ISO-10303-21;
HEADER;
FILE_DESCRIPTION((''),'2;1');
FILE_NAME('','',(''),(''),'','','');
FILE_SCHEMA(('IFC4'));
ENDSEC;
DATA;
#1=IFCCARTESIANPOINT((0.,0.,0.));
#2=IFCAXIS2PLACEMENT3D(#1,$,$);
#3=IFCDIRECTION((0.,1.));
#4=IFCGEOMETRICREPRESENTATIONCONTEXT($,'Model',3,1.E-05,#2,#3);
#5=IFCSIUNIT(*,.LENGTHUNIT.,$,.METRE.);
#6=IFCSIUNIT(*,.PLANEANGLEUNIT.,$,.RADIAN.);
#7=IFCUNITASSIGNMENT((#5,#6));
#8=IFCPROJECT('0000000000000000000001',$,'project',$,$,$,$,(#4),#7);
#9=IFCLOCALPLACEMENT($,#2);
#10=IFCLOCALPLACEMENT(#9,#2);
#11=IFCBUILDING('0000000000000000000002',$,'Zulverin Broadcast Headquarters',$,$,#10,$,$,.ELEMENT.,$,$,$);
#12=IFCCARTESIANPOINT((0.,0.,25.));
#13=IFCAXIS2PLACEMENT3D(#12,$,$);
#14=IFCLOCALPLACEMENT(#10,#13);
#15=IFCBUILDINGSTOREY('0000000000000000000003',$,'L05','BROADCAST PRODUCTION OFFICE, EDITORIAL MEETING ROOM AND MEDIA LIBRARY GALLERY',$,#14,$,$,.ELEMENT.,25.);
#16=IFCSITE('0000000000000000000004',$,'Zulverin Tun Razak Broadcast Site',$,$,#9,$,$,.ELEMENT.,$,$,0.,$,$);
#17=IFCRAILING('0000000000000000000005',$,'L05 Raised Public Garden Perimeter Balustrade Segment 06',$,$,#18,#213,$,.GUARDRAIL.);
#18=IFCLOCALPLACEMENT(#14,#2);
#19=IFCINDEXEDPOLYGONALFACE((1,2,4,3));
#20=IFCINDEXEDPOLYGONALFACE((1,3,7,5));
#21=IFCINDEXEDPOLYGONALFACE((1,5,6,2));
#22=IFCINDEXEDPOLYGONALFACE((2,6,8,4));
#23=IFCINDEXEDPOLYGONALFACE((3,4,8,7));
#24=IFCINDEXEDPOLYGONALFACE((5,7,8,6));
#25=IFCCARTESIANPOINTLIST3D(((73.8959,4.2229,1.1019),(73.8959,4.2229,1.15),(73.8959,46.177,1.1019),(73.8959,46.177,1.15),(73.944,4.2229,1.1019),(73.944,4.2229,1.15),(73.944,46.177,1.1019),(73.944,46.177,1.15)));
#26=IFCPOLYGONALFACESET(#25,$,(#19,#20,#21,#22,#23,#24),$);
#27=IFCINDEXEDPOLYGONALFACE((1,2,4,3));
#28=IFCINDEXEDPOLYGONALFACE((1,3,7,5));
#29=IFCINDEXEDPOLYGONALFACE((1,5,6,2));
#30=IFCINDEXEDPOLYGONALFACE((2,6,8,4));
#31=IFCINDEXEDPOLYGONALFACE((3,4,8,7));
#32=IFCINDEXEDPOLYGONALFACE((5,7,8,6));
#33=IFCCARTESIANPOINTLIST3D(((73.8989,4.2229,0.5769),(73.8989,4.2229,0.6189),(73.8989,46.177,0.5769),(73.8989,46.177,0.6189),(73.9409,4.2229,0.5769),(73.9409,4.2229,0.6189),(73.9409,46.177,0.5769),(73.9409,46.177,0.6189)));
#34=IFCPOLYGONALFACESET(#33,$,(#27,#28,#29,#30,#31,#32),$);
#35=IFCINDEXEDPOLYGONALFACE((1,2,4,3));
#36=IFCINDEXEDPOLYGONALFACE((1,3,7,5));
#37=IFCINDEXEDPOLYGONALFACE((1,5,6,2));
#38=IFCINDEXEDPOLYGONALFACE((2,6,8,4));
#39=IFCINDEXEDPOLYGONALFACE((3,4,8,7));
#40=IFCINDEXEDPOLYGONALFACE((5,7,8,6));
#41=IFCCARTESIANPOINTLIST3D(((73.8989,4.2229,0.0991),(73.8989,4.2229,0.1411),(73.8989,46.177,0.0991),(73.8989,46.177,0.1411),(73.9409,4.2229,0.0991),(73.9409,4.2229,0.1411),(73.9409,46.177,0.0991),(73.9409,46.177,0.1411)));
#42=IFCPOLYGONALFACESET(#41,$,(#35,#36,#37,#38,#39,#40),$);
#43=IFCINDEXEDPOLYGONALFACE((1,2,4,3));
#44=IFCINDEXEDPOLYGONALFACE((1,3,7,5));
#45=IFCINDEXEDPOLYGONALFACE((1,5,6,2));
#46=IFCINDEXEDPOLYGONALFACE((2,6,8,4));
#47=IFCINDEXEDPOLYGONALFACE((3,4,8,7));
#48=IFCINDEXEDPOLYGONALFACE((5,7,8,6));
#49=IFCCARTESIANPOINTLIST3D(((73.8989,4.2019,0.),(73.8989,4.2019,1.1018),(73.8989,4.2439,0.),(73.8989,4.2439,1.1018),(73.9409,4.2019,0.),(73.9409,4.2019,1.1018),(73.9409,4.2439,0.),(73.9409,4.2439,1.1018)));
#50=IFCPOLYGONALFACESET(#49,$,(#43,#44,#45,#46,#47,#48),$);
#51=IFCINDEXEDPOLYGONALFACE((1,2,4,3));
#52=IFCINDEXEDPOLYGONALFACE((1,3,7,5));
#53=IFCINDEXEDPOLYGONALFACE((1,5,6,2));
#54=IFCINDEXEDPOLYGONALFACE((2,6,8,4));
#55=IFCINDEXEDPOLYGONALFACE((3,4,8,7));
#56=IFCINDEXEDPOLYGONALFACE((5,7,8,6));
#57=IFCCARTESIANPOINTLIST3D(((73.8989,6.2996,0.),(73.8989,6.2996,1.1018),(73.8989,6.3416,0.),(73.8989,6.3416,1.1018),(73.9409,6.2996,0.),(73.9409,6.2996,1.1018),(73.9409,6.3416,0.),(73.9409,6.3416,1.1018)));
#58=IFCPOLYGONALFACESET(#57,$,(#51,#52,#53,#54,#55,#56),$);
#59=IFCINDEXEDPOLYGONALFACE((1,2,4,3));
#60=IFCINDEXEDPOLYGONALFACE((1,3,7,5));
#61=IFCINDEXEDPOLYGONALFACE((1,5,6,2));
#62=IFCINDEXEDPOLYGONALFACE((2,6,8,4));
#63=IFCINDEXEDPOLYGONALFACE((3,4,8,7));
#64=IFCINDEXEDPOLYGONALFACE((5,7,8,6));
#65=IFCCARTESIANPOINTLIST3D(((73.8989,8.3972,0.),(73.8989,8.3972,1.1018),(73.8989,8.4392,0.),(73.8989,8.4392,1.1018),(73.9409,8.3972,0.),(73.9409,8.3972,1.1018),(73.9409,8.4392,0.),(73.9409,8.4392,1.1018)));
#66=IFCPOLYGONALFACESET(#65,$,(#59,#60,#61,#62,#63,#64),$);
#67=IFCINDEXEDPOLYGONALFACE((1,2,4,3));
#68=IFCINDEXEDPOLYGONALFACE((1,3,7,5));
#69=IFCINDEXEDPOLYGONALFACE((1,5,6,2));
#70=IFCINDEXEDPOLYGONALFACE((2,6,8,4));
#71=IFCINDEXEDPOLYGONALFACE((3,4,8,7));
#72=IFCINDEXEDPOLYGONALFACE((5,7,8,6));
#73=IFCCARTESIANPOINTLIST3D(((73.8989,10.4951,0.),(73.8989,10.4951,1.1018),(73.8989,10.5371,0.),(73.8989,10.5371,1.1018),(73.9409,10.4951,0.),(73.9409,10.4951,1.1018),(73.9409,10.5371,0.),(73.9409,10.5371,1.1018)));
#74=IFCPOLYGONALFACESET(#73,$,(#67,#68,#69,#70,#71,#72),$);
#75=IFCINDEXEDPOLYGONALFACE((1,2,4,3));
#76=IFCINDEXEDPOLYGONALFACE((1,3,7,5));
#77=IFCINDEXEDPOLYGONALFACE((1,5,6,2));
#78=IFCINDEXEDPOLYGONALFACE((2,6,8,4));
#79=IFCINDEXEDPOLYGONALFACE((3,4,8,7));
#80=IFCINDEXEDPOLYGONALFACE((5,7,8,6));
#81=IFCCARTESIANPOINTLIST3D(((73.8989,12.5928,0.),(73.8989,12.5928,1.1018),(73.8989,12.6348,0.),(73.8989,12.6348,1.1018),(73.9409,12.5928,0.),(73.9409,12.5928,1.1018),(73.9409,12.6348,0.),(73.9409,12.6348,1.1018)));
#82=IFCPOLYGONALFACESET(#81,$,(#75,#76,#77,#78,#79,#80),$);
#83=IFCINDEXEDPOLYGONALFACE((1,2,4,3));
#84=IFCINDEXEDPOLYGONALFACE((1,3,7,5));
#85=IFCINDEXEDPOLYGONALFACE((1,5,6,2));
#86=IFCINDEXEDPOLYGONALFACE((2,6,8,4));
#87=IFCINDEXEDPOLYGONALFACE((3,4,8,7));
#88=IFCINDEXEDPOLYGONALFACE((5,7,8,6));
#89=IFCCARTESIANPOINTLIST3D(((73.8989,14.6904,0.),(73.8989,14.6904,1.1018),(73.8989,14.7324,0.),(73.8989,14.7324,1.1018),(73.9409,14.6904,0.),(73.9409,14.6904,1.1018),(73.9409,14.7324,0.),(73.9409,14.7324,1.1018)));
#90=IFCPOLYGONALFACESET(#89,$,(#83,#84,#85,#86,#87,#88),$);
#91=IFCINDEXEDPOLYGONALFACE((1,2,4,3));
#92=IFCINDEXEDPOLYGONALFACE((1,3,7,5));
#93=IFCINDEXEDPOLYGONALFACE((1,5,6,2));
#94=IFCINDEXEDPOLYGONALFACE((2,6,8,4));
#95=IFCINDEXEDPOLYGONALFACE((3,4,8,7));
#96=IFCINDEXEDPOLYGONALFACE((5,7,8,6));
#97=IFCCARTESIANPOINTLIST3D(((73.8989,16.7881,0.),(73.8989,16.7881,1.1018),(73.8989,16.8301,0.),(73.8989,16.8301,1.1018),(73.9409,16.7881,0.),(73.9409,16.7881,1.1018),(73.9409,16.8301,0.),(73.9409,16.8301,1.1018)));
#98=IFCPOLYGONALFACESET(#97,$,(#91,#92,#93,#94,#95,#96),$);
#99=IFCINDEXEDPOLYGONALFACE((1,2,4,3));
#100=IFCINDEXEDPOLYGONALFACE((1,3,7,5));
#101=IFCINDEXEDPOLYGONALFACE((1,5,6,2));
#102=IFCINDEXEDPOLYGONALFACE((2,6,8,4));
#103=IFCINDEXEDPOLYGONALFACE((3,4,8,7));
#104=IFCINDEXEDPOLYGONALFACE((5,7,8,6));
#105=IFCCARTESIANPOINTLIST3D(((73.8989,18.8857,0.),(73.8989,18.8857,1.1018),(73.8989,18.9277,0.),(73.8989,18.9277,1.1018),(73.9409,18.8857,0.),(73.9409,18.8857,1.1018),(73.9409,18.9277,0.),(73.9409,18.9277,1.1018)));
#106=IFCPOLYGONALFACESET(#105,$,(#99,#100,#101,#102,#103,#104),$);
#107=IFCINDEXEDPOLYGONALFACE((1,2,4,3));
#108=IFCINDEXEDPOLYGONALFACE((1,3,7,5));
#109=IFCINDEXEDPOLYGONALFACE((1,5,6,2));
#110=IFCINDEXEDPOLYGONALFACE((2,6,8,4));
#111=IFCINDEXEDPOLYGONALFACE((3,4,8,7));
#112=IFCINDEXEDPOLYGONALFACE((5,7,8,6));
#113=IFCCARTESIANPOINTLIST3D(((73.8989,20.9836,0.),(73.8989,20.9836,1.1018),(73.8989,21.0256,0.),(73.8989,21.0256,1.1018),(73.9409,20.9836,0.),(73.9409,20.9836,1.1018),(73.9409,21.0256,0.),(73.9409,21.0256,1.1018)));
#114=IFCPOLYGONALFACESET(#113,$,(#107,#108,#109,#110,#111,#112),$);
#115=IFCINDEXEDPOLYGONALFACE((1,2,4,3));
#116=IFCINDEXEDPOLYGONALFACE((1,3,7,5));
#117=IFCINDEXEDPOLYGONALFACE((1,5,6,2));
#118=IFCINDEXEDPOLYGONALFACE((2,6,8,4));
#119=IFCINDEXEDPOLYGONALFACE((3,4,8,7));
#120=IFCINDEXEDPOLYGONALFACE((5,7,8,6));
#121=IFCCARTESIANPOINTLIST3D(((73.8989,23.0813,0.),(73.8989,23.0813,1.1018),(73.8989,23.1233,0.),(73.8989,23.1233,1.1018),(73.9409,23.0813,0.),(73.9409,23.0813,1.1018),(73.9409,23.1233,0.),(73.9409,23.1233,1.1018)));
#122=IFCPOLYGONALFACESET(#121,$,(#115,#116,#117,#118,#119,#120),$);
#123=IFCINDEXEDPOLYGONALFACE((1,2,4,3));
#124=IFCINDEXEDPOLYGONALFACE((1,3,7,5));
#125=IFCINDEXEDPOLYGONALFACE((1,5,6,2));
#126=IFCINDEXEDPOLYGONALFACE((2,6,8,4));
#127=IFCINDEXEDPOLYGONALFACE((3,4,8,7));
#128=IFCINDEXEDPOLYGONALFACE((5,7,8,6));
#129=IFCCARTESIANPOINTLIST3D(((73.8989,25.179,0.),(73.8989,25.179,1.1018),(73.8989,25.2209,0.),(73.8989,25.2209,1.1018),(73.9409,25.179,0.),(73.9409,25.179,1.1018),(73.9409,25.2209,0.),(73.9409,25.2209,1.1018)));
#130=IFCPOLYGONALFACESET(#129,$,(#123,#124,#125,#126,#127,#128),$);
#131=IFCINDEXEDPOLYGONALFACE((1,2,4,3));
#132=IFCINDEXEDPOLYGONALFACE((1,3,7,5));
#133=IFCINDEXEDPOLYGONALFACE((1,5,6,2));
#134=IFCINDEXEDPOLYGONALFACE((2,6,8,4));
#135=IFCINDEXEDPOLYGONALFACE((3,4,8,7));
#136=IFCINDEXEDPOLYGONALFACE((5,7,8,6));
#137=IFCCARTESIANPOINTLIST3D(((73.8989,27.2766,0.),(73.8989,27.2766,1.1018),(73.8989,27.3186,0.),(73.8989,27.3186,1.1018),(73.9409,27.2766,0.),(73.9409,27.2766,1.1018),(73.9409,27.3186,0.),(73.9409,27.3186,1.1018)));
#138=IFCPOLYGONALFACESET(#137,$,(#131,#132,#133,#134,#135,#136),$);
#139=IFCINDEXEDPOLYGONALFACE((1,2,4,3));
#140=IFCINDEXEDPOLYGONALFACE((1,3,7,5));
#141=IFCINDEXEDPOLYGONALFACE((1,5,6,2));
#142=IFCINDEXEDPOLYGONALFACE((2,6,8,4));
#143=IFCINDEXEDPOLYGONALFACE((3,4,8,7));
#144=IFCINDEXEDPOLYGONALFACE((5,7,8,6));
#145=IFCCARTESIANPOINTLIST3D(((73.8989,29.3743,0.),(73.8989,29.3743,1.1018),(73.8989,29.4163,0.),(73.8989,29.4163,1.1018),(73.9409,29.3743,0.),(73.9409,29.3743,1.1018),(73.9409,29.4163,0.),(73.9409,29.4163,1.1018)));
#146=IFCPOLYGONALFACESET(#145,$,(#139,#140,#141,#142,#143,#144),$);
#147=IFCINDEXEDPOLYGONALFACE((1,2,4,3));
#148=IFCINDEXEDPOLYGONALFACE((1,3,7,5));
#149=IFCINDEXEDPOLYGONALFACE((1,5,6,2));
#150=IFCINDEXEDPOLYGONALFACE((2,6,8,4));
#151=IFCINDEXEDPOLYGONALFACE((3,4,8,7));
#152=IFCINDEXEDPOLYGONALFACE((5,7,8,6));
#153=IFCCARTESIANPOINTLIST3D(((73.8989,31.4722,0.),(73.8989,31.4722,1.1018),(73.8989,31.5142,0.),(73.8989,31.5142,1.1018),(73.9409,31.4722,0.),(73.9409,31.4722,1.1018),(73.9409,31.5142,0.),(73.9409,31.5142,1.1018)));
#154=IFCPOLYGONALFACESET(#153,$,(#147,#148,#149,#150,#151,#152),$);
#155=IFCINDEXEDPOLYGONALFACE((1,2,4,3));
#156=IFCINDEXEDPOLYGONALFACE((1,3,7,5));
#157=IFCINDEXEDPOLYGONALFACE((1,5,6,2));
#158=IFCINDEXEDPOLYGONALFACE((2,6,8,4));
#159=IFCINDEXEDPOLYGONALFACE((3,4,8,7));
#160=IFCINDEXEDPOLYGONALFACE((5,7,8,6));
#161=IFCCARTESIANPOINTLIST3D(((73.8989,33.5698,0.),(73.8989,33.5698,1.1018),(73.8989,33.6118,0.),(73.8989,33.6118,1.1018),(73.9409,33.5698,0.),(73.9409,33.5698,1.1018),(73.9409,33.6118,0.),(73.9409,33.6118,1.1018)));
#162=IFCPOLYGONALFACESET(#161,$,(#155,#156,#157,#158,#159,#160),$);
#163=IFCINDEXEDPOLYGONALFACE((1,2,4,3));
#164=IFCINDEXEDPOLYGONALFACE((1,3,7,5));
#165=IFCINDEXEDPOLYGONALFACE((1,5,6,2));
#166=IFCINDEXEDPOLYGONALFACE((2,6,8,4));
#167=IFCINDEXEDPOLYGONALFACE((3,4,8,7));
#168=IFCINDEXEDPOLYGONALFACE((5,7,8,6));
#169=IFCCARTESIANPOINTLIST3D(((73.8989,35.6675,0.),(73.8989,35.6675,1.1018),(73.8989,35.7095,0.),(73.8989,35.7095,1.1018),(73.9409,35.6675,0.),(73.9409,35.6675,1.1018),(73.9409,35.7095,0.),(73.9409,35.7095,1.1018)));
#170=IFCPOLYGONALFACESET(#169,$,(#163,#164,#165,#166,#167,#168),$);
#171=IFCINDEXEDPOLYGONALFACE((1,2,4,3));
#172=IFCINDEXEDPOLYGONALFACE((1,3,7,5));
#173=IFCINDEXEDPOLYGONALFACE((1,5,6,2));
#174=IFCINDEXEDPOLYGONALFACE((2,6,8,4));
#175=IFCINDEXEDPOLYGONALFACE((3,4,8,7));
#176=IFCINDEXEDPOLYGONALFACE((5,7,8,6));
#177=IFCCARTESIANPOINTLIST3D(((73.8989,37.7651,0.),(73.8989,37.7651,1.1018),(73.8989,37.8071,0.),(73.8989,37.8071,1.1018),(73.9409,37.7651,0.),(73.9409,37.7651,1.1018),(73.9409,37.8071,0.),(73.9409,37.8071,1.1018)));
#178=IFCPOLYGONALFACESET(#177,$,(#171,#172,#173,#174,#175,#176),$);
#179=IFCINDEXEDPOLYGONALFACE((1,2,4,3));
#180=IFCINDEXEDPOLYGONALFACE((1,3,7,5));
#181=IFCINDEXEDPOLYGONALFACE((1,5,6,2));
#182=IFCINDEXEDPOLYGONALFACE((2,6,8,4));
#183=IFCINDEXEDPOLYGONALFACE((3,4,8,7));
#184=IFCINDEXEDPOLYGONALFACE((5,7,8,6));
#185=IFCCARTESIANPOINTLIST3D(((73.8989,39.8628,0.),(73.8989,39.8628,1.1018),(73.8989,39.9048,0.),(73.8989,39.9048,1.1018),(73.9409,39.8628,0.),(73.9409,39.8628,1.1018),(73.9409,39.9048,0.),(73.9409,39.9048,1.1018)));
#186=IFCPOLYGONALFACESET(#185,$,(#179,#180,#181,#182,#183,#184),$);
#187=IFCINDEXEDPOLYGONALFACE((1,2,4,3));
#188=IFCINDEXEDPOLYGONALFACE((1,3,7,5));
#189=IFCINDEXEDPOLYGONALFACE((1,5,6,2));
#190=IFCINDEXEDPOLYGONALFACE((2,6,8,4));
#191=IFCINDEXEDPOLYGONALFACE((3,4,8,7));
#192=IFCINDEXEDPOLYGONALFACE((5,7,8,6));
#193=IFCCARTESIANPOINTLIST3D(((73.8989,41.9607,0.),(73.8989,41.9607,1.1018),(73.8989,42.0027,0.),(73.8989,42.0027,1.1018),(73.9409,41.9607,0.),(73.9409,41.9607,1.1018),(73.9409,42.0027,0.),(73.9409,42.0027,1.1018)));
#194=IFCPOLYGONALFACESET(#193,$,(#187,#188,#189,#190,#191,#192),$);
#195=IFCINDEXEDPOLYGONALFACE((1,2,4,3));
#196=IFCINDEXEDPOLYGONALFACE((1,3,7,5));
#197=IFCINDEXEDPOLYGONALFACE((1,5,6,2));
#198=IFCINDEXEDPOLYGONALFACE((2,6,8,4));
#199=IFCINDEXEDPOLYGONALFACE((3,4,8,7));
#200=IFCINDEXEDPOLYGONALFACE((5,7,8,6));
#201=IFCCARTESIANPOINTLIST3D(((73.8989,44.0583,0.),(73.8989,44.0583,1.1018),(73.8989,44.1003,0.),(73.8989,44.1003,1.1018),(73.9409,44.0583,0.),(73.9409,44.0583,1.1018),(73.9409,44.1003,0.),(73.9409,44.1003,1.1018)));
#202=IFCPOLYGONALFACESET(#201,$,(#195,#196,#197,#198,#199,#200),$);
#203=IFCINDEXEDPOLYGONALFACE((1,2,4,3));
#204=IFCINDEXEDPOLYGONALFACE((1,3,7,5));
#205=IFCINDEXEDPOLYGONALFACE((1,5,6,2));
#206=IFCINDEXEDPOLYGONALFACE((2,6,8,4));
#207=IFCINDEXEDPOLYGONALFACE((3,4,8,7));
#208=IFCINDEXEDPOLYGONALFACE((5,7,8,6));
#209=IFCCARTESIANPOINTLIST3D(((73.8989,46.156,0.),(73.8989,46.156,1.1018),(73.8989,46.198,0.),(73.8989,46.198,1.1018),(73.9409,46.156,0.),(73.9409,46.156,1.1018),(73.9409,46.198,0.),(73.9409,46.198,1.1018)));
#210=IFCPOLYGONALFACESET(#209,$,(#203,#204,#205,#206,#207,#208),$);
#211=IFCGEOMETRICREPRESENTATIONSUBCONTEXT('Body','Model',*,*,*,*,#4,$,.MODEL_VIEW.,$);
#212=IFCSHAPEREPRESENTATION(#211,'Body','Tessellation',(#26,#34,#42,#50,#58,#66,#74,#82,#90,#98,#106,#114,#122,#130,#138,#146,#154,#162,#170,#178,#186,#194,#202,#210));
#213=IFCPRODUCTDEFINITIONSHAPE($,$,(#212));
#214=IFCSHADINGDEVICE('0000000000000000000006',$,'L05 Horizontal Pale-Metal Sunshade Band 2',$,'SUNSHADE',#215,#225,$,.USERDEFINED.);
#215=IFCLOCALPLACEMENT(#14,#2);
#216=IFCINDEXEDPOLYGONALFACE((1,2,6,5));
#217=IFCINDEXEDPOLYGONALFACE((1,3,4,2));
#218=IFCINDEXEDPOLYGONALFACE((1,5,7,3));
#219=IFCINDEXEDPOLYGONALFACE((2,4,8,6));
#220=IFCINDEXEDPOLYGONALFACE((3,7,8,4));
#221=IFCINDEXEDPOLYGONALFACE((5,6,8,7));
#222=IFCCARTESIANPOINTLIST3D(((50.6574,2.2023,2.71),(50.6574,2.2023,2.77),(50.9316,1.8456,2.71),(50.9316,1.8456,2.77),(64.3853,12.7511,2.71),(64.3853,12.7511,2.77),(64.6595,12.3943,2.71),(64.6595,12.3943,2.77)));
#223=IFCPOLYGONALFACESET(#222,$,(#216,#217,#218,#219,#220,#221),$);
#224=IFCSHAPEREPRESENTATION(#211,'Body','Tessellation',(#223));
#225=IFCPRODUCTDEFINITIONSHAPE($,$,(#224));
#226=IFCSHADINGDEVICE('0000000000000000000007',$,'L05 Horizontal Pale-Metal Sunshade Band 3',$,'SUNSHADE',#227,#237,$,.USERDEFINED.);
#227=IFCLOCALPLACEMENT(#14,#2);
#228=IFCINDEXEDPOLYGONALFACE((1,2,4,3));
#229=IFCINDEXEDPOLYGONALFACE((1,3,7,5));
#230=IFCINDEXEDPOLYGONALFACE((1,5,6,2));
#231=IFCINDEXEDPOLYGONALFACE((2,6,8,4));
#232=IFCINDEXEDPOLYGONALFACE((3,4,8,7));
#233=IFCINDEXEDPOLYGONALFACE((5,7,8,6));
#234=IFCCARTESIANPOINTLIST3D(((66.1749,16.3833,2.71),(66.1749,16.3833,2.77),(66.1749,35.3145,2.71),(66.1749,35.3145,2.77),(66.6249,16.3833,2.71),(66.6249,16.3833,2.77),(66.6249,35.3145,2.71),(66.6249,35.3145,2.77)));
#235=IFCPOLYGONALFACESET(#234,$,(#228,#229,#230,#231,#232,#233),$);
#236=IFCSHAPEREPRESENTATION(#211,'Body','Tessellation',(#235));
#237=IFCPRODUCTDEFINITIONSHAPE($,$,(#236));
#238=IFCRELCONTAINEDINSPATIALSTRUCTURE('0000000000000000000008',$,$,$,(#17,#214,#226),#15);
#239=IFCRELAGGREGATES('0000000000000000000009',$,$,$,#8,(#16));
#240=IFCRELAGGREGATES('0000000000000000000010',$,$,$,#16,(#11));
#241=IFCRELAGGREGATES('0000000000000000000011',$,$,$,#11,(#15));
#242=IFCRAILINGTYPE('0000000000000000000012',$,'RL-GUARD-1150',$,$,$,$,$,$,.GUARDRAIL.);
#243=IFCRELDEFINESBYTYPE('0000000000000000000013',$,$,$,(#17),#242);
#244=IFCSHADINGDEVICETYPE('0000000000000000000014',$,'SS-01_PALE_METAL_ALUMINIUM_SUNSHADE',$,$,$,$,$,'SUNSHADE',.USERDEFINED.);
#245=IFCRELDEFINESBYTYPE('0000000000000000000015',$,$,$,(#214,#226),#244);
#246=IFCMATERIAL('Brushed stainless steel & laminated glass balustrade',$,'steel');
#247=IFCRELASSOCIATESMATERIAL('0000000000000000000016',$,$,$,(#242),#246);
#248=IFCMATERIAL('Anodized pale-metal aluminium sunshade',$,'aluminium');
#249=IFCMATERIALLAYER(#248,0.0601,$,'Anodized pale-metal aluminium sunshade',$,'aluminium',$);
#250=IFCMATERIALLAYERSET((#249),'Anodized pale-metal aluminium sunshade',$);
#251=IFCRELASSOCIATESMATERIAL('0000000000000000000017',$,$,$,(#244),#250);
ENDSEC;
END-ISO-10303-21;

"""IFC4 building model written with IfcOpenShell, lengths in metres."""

from ifc_helpers import new_model, si_unit, direction, frame, origin, origin_2d, place, context, subcontext, project, spatial, rectangle, extrude, material, layer, layer_set, type_object, element, save


model = new_model("IFC4")

# Units and contexts
model_context = context("Model", 3, precision=1e-05, world=origin(), true_north=direction((0.0, 1.0)))
body_context = subcontext(model_context, "Body", "Model", "MODEL_VIEW")
ifc_project = project(units=[si_unit("LENGTHUNIT", "METRE"), si_unit("PLANEANGLEUNIT", "RADIAN")], contexts=[model_context])

# Site, building, storey
site_placement = place(None, origin())
site = spatial("IfcSite", under=ifc_project, at=site_placement, Name="Zulverin Tun Razak Broadcast Site", CompositionType="ELEMENT", RefElevation=0.0)
building_placement = place(site_placement, origin())
building = spatial("IfcBuilding", under=site, at=building_placement, Name="Zulverin Broadcast Headquarters", CompositionType="ELEMENT")
storey_placement = place(building_placement, frame((0.0, 0.0, 25.0)))
storey = spatial("IfcBuildingStorey", under=building, at=storey_placement, Name="L05", Description="BROADCAST PRODUCTION OFFICE, EDITORIAL MEETING ROOM AND MEDIA LIBRARY GALLERY", CompositionType="ELEMENT", Elevation=25.0)

# Railing
ifc_material_1 = material(Name="Brushed stainless steel & laminated glass balustrade", Category="steel")
railing_type = type_object("IfcRailingType", Name="RL-GUARD-1150", PredefinedType="GUARDRAIL", material=ifc_material_1)
railing_1_placement = place(storey_placement, frame((73.9199, 4.2229, 0.0)))
element("IfcRailing", 1, at=railing_1_placement, inside=storey, type_object=railing_type, Name="L05 Raised Public Garden Perimeter Balustrade Segment 06", PredefinedType="GUARDRAIL", context=body_context, shape_type="SweptSolid", body=[
    extrude(rectangle(XDim=0.0481, YDim=0.0481, at=origin_2d()), frame((0.0, 0.0, 1.126), z_axis=(0.0, 1.0, 0.0), x_axis=(-1.0, 0.0, 0.0)), (0.0, 0.0, 1.0), 41.9541),
    extrude(rectangle(XDim=0.042, YDim=0.042, at=origin_2d()), frame((0.0, 0.0, 0.5979), z_axis=(0.0, 1.0, 0.0), x_axis=(-1.0, 0.0, 0.0)), (0.0, 0.0, 1.0), 41.9541),
    extrude(rectangle(XDim=0.042, YDim=0.042, at=origin_2d()), frame((0.0, 0.0, 0.1201), z_axis=(0.0, 1.0, 0.0), x_axis=(-1.0, 0.0, 0.0)), (0.0, 0.0, 1.0), 41.9541),
    extrude(rectangle(XDim=0.042, YDim=0.042, at=origin_2d()), origin(), (0.0, 0.0, 1.0), 1.1018),
    extrude(rectangle(XDim=0.042, YDim=0.042, at=origin_2d()), frame((0.0, 2.0977, 0.0)), (0.0, 0.0, 1.0), 1.1018),
    extrude(rectangle(XDim=0.042, YDim=0.042, at=origin_2d()), frame((0.0, 4.1953, 0.0)), (0.0, 0.0, 1.0), 1.1018),
    extrude(rectangle(XDim=0.042, YDim=0.042, at=origin_2d()), frame((0.0, 6.2932, 0.0)), (0.0, 0.0, 1.0), 1.1018),
    extrude(rectangle(XDim=0.042, YDim=0.042, at=origin_2d()), frame((0.0, 8.3909, 0.0)), (0.0, 0.0, 1.0), 1.1018),
    extrude(rectangle(XDim=0.042, YDim=0.042, at=origin_2d()), frame((0.0, 10.4885, 0.0)), (0.0, 0.0, 1.0), 1.1018),
    extrude(rectangle(XDim=0.042, YDim=0.042, at=origin_2d()), frame((0.0, 12.5862, 0.0)), (0.0, 0.0, 1.0), 1.1018),
    extrude(rectangle(XDim=0.042, YDim=0.042, at=origin_2d()), frame((0.0, 14.6838, 0.0)), (0.0, 0.0, 1.0), 1.1018),
    extrude(rectangle(XDim=0.042, YDim=0.042, at=origin_2d()), frame((0.0, 16.7817, 0.0)), (0.0, 0.0, 1.0), 1.1018),
    extrude(rectangle(XDim=0.042, YDim=0.042, at=origin_2d()), frame((0.0, 18.8794, 0.0)), (0.0, 0.0, 1.0), 1.1018),
    extrude(rectangle(XDim=0.042, YDim=0.042, at=origin_2d()), frame((0.0, 20.9771, 0.0)), (0.0, 0.0, 1.0), 1.1018),
    extrude(rectangle(XDim=0.042, YDim=0.042, at=origin_2d()), frame((0.0, 23.0747, 0.0)), (0.0, 0.0, 1.0), 1.1018),
    extrude(rectangle(XDim=0.042, YDim=0.042, at=origin_2d()), frame((0.0, 25.1724, 0.0)), (0.0, 0.0, 1.0), 1.1018),
    extrude(rectangle(XDim=0.042, YDim=0.042, at=origin_2d()), frame((0.0, 27.2703, 0.0)), (0.0, 0.0, 1.0), 1.1018),
    extrude(rectangle(XDim=0.042, YDim=0.042, at=origin_2d()), frame((0.0, 29.3679, 0.0)), (0.0, 0.0, 1.0), 1.1018),
    extrude(rectangle(XDim=0.042, YDim=0.042, at=origin_2d()), frame((0.0, 31.4656, 0.0)), (0.0, 0.0, 1.0), 1.1018),
    extrude(rectangle(XDim=0.042, YDim=0.042, at=origin_2d()), frame((0.0, 33.5632, 0.0)), (0.0, 0.0, 1.0), 1.1018),
    extrude(rectangle(XDim=0.042, YDim=0.042, at=origin_2d()), frame((0.0, 35.6609, 0.0)), (0.0, 0.0, 1.0), 1.1018),
    extrude(rectangle(XDim=0.042, YDim=0.042, at=origin_2d()), frame((0.0, 37.7588, 0.0)), (0.0, 0.0, 1.0), 1.1018),
    extrude(rectangle(XDim=0.042, YDim=0.042, at=origin_2d()), frame((0.0, 39.8564, 0.0)), (0.0, 0.0, 1.0), 1.1018),
    extrude(rectangle(XDim=0.042, YDim=0.042, at=origin_2d()), frame((0.0, 41.9541, 0.0)), (0.0, 0.0, 1.0), 1.1018),
])

# Shading devices
ifc_material_2 = material(Name="Anodized pale-metal aluminium sunshade", Category="aluminium")
ifc_layer_1 = layer(ifc_material_2, 0.0601, Name="Anodized pale-metal aluminium sunshade", Category="aluminium")
ifc_layer_set_1 = layer_set([ifc_layer_1], Name="Anodized pale-metal aluminium sunshade")
shading_device_type = type_object("IfcShadingDeviceType", Name="SS-01_PALE_METAL_ALUMINIUM_SUNSHADE", ElementType="SUNSHADE", PredefinedType="USERDEFINED", material=ifc_layer_set_1)
shading_device_1_placement = place(storey_placement, frame((57.6584, 7.2983, 2.71), z_axis=(0.0, 0.0, 1.0), x_axis=(0.792933, 0.609308, 0.0)))
element("IfcShadingDevice", 2, at=shading_device_1_placement, inside=storey, type_object=shading_device_type, Name="L05 Horizontal Pale-Metal Sunshade Band 2", ObjectType="SUNSHADE", PredefinedType="USERDEFINED", context=body_context, shape_type="SweptSolid", body=[
    extrude(rectangle(XDim=17.3127, YDim=0.45, at=origin_2d()), origin(), (0.0, 0.0, 1.0), 0.0601),
])
shading_device_2_placement = place(storey_placement, frame((66.3999, 25.8489, 2.71), z_axis=(0.0, 0.0, 1.0), x_axis=(0.0, 1.0, 0.0)))
element("IfcShadingDevice", 3, at=shading_device_2_placement, inside=storey, type_object=shading_device_type, Name="L05 Horizontal Pale-Metal Sunshade Band 3", ObjectType="SUNSHADE", PredefinedType="USERDEFINED", context=body_context, shape_type="SweptSolid", body=[
    extrude(rectangle(XDim=18.9312, YDim=0.45, at=origin_2d()), origin(), (0.0, 0.0, 1.0), 0.0601),
])

save(model, "model.ifc")
